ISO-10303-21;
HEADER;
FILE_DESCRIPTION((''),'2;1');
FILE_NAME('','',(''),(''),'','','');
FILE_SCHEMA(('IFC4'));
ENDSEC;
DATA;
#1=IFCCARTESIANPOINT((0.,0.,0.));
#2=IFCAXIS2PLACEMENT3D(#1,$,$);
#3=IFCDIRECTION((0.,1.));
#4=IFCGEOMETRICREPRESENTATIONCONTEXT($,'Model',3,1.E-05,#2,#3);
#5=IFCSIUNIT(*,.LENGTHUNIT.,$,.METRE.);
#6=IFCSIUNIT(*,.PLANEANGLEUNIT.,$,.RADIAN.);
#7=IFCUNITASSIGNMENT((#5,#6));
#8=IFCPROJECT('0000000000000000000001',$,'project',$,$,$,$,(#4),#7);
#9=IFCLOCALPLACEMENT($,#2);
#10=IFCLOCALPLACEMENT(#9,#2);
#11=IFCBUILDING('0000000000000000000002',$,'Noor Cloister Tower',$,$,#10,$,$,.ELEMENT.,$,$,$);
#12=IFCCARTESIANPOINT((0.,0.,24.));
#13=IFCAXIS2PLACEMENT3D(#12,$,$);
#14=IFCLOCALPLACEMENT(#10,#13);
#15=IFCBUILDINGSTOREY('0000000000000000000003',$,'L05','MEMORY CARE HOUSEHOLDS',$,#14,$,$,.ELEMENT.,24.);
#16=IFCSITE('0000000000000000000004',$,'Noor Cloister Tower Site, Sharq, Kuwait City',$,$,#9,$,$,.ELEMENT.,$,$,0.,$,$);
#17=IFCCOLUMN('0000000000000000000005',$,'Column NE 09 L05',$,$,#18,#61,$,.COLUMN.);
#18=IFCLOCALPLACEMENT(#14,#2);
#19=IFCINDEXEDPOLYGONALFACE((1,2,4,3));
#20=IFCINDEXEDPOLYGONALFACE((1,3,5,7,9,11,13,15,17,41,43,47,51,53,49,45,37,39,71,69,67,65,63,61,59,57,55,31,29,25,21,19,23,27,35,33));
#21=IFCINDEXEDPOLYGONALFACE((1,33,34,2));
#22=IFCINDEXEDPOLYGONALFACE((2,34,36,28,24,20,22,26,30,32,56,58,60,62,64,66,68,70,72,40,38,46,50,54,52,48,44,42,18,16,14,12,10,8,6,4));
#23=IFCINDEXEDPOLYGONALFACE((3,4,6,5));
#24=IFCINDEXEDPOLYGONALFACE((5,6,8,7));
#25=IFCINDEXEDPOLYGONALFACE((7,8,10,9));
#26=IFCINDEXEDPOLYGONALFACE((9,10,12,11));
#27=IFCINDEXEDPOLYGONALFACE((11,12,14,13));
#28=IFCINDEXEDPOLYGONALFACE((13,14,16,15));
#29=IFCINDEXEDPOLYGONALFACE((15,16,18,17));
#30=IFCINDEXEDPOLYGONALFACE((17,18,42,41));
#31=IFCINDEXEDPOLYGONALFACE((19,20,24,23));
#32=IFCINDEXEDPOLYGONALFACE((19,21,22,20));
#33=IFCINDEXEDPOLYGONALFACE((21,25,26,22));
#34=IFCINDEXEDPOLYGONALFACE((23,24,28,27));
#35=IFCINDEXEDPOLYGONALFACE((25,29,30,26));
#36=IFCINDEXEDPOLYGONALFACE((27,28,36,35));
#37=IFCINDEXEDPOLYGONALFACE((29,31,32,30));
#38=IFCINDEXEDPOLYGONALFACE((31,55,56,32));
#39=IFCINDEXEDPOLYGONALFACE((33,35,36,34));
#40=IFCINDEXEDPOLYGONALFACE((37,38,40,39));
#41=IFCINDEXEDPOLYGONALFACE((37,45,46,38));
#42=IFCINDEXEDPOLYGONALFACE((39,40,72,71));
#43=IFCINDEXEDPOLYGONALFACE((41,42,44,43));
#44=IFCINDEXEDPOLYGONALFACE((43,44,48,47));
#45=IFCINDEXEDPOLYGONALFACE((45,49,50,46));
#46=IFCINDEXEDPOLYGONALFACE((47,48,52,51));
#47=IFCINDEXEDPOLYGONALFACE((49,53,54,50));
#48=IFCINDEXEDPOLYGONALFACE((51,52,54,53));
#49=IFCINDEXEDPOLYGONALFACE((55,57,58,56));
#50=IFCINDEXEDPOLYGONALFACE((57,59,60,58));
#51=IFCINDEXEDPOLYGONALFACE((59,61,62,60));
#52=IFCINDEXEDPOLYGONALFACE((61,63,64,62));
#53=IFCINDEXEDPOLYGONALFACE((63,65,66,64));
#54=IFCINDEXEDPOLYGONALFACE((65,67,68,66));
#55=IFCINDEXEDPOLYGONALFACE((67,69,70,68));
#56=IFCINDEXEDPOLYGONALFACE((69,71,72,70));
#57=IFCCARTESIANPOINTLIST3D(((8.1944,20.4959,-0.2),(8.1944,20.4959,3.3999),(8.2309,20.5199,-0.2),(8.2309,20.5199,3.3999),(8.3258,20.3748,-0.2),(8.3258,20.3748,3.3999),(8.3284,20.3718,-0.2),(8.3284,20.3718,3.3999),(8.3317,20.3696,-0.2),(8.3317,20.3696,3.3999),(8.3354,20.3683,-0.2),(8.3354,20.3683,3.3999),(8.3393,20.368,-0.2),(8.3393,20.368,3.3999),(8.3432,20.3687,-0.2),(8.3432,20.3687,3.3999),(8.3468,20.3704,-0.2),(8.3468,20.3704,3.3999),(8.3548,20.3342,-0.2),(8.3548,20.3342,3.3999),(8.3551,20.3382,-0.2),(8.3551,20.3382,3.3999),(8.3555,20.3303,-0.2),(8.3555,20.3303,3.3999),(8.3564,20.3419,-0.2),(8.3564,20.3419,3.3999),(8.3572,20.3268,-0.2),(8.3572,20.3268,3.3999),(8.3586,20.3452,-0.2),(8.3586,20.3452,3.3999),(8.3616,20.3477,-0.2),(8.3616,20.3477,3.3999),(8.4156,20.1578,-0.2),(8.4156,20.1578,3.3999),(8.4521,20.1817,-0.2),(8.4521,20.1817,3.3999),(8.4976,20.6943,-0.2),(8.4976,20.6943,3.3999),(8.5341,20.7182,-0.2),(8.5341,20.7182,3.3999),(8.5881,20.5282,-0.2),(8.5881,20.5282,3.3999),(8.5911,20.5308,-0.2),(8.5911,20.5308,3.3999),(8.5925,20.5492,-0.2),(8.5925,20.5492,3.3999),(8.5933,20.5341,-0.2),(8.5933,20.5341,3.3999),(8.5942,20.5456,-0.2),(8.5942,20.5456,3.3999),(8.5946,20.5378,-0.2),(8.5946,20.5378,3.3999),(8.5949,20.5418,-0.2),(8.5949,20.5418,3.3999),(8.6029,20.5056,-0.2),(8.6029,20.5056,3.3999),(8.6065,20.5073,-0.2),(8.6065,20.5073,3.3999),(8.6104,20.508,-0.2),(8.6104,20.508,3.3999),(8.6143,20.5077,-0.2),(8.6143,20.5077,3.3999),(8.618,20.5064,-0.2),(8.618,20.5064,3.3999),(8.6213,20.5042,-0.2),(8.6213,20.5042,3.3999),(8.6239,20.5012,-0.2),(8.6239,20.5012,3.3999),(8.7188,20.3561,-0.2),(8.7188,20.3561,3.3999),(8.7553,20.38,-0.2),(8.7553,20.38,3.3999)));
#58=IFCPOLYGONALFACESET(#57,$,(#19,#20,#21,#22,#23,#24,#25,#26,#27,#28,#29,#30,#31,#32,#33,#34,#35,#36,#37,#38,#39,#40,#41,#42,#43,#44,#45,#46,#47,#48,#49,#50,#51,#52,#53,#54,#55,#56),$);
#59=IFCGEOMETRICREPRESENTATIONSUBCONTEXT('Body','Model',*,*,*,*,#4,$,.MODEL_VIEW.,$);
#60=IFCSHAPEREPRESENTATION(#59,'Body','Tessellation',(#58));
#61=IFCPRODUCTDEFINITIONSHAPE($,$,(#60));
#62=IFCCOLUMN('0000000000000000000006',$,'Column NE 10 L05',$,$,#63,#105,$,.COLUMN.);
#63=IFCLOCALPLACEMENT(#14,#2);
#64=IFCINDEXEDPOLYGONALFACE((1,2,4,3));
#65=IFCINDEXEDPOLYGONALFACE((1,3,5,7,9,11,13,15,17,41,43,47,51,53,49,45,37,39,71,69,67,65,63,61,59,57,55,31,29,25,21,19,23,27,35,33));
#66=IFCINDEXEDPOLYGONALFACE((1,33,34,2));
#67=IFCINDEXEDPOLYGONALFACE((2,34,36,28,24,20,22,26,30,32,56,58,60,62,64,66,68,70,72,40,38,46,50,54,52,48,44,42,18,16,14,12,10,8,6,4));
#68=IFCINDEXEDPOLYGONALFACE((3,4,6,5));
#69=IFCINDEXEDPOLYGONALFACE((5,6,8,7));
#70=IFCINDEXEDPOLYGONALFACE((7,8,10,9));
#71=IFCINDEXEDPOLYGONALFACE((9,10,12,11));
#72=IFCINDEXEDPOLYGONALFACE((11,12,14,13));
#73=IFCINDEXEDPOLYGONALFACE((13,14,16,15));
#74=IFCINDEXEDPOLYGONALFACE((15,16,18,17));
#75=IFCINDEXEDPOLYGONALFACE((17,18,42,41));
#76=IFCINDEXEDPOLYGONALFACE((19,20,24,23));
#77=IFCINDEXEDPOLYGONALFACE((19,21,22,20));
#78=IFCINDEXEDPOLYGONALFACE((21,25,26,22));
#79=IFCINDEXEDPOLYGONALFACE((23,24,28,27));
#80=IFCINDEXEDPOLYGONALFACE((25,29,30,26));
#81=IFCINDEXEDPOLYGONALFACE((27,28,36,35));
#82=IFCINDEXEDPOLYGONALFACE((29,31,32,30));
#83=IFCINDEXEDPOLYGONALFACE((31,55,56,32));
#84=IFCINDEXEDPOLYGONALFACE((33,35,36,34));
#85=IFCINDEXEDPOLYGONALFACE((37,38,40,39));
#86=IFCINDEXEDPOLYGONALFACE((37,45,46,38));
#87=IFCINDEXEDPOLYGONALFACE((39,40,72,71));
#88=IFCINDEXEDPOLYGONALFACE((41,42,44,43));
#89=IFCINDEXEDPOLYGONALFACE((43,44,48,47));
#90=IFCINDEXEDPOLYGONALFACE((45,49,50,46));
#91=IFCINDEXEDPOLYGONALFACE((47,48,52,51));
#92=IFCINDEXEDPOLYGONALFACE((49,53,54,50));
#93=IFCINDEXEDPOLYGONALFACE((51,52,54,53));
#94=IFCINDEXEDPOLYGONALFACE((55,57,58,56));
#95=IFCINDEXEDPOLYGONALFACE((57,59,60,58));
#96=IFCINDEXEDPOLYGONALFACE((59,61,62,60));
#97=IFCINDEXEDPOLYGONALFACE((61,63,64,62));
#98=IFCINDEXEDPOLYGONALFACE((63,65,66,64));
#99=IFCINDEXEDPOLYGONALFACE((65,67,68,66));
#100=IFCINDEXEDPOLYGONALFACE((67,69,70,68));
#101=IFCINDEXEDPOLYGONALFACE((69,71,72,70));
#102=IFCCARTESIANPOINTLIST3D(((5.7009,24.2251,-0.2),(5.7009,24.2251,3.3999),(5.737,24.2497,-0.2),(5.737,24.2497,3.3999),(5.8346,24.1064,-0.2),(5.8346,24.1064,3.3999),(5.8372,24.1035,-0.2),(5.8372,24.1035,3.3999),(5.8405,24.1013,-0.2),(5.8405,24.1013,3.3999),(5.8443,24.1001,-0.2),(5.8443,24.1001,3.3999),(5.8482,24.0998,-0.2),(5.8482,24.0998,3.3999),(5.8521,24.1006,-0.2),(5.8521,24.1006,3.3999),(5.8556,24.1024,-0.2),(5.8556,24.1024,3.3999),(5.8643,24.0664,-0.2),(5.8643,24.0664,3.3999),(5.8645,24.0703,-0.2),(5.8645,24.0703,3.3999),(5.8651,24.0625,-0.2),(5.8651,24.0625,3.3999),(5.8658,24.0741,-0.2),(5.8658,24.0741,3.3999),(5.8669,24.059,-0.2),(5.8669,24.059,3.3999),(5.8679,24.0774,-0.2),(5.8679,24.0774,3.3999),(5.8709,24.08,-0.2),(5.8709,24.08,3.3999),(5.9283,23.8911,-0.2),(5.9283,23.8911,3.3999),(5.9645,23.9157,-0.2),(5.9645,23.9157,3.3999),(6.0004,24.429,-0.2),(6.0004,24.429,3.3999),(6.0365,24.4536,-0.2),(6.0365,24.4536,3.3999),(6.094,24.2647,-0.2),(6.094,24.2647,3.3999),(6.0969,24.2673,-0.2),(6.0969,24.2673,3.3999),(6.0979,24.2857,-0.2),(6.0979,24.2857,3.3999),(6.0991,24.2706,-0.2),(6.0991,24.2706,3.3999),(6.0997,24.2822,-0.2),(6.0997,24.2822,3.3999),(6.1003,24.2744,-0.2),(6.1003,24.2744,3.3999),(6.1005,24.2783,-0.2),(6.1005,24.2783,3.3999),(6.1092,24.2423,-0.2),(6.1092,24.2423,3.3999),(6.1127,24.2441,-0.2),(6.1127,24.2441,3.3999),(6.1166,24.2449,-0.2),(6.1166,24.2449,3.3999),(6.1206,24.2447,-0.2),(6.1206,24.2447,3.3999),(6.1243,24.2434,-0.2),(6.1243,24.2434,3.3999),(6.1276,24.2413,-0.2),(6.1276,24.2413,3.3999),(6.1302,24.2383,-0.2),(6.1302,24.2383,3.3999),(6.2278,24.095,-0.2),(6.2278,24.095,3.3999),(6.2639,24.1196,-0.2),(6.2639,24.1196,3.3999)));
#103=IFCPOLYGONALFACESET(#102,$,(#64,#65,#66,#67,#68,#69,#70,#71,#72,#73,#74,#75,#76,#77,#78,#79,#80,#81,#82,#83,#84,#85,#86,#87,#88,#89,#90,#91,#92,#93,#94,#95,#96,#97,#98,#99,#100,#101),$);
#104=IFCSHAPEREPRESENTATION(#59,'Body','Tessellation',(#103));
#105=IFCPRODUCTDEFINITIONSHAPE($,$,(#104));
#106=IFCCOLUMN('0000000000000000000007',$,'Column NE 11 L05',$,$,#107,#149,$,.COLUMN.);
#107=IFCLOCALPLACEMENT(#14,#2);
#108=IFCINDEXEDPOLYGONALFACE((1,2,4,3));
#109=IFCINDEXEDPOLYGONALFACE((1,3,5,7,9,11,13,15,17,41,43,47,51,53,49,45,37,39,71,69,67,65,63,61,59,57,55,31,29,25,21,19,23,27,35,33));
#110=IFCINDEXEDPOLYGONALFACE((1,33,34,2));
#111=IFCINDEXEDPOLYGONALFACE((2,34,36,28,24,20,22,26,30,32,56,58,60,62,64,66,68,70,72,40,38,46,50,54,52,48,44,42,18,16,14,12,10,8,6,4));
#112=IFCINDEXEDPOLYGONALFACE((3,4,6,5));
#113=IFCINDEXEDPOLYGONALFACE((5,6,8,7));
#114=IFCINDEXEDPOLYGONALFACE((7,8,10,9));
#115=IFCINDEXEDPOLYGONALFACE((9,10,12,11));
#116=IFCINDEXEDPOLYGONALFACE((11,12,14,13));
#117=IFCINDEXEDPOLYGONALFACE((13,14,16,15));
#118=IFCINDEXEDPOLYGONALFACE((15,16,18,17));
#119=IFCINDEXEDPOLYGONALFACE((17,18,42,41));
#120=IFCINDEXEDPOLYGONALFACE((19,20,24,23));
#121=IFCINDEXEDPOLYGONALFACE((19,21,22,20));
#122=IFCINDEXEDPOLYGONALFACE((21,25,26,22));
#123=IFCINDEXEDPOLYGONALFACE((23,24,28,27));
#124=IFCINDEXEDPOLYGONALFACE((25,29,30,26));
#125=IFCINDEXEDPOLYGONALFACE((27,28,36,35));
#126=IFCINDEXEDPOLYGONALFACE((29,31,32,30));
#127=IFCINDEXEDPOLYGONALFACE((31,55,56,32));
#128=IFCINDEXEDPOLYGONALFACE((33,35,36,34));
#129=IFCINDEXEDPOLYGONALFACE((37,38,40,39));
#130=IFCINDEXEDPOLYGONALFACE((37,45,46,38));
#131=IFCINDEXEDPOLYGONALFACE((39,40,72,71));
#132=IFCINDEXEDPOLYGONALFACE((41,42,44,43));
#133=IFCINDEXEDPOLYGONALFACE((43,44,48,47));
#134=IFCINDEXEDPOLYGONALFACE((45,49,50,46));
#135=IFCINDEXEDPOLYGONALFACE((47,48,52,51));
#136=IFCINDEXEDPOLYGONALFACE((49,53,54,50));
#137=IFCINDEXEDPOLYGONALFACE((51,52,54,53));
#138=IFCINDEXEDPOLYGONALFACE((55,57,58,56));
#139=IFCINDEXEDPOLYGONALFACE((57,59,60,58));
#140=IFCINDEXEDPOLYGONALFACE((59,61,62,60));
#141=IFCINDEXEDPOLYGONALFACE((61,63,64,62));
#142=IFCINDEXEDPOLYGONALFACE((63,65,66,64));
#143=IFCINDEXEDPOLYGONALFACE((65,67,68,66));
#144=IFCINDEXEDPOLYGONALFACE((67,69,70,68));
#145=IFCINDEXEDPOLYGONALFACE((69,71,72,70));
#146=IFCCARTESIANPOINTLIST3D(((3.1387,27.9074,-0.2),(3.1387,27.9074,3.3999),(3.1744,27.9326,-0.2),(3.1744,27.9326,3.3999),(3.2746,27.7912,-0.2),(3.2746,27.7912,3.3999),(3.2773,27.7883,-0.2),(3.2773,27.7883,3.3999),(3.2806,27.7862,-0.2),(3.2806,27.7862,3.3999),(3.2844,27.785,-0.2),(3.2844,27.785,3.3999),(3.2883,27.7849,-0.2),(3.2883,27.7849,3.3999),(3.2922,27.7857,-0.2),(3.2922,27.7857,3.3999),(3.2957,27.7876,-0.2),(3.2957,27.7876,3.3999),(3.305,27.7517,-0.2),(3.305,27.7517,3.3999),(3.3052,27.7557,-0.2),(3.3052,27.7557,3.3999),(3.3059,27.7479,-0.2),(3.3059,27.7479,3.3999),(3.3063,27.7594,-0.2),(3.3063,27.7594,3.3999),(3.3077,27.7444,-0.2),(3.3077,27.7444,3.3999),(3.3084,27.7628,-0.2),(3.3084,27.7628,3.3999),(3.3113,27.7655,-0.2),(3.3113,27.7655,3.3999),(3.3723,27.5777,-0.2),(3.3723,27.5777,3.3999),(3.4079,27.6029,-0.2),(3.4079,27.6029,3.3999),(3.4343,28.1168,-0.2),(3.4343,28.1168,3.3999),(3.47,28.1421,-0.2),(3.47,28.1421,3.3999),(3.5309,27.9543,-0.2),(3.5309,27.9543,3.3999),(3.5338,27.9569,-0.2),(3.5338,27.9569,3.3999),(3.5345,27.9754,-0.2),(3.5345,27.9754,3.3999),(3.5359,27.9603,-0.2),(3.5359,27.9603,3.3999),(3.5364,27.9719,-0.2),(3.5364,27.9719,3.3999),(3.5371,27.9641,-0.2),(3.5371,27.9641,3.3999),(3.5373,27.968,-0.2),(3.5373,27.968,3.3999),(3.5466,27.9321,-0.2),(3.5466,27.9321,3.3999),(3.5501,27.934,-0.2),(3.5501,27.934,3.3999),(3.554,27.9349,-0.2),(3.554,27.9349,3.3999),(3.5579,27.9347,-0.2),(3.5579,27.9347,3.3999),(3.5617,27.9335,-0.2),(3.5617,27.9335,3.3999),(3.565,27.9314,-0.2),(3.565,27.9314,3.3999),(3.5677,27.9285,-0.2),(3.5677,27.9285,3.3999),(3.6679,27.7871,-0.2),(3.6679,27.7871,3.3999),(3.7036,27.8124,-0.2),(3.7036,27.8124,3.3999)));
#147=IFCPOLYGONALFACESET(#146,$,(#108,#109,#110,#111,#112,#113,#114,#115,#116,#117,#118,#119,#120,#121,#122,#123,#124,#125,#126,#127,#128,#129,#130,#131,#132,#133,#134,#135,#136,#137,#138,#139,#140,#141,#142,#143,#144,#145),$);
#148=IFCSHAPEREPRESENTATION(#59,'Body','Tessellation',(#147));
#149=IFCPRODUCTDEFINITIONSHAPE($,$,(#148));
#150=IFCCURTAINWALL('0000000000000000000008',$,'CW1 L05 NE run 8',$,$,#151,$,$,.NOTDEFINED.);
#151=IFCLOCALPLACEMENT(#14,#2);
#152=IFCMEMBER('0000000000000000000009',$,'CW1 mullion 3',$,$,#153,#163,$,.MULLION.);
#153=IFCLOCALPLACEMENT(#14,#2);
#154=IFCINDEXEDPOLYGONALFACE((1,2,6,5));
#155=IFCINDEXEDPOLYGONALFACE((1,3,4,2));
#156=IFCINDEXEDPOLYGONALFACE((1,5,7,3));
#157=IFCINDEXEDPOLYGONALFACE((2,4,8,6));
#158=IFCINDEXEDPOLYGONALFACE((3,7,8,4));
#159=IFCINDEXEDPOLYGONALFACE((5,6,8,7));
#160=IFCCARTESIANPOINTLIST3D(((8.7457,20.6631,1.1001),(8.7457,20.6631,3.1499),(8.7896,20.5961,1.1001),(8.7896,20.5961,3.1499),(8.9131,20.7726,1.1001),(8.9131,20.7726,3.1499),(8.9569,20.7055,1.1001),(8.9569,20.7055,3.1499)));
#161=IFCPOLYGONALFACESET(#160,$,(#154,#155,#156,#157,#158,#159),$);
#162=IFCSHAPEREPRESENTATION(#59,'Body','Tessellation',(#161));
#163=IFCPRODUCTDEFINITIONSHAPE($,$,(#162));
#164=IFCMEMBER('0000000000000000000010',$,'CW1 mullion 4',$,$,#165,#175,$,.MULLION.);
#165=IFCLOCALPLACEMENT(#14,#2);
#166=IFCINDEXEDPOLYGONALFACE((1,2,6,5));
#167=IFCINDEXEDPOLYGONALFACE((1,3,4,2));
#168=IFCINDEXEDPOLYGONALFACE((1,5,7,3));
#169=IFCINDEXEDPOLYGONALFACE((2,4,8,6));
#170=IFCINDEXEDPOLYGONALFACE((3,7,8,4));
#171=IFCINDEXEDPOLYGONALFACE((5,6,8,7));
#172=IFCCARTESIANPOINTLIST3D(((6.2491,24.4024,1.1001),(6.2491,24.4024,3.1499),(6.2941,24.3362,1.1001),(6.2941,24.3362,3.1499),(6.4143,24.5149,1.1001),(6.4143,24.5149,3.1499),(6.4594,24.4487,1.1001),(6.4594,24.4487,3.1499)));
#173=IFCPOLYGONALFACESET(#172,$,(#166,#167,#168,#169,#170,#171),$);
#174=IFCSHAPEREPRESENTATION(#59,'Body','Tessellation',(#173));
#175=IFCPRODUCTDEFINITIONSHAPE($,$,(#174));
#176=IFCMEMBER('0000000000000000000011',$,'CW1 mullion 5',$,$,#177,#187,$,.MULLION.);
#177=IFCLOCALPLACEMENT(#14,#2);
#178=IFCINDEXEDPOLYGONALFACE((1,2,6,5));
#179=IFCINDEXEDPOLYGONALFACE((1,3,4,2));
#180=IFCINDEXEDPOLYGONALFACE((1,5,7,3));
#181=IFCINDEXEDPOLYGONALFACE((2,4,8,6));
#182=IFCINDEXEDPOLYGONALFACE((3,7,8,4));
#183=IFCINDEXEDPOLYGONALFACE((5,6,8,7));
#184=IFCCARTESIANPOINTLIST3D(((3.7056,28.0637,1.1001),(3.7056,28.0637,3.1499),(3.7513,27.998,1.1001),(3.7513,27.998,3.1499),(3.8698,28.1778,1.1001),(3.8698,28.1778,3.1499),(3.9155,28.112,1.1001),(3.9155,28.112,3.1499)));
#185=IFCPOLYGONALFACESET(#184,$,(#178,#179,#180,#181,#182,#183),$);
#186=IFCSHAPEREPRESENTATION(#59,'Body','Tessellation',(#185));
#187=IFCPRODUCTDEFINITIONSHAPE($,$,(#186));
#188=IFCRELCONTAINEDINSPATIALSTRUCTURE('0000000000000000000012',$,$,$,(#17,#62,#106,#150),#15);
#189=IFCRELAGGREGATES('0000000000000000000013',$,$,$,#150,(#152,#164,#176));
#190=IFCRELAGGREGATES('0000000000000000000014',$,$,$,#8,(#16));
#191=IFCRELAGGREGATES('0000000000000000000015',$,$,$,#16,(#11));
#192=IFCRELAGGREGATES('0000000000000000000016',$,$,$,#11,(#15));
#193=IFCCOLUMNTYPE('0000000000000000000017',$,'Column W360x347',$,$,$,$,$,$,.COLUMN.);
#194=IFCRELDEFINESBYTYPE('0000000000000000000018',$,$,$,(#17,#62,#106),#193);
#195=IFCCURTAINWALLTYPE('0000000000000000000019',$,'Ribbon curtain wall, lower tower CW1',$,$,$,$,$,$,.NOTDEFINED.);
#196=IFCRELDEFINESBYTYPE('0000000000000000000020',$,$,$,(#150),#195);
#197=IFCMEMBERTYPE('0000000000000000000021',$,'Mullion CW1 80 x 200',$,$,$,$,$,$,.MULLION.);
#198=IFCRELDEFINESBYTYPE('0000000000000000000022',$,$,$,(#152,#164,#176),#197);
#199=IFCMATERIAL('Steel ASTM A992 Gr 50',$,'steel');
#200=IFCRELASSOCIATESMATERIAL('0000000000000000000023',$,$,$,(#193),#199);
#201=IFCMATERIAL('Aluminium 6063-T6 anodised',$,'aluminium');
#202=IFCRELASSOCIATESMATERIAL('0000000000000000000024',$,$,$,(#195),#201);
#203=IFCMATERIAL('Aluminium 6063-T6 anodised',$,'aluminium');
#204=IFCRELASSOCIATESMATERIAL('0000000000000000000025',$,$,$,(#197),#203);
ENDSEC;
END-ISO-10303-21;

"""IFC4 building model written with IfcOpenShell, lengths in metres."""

from ifc_helpers import new_model, si_unit, direction, frame, origin, origin_2d, place, context, subcontext, project, spatial, rectangle, i_section, extrude, material, material_profile, profile_set, type_object, element, aggregate, save


model = new_model("IFC4")

# Units and contexts
model_context = context("Model", 3, precision=1e-05, world=origin(), true_north=direction((0.0, 1.0)))
body_context = subcontext(model_context, "Body", "Model", "MODEL_VIEW")
ifc_project = project(units=[si_unit("LENGTHUNIT", "METRE"), si_unit("PLANEANGLEUNIT", "RADIAN")], contexts=[model_context])

# Site, building, storey
site_placement = place(None, origin())
site = spatial("IfcSite", under=ifc_project, at=site_placement, Name="Noor Cloister Tower Site, Sharq, Kuwait City", CompositionType="ELEMENT", RefElevation=0.0)
building_placement = place(site_placement, origin())
building = spatial("IfcBuilding", under=site, at=building_placement, Name="Noor Cloister Tower", CompositionType="ELEMENT")
storey_placement = place(building_placement, frame((0.0, 0.0, 24.0)))
storey = spatial("IfcBuildingStorey", under=building, at=storey_placement, Name="L05", Description="MEMORY CARE HOUSEHOLDS", CompositionType="ELEMENT", Elevation=24.0)

# Columns
ifc_material_1 = material(Name="Steel ASTM A992 Gr 50", Category="steel")
ifc_material_profile_1 = material_profile(ifc_material_1, i_section(OverallWidth=0.4041, OverallDepth=0.406, WebThickness=0.0271, FlangeThickness=0.0437, FilletRadius=0.0151, at=origin_2d()), Name="W360x347")
ifc_profile_set_1 = profile_set([ifc_material_profile_1], Name="Steel ASTM A992 Gr 50")
column_type = type_object("IfcColumnType", Name="Column W360x347", PredefinedType="COLUMN", material=ifc_profile_set_1)
for number, where, z_axis, x_axis, name in (
    (1, (8.4749, 20.438, -0.2), (0.0, 0.0, 1.0), (-0.547405, 0.836868, 0.0), "Column NE 09 L05"),
    (2, (5.9824, 24.1724, -0.2), (0.0, 0.0, 1.0), (-0.562837, 0.826568, 0.0), "Column NE 10 L05"),
    (3, (3.4211, 27.8599, -0.2), (0.0, 0.0, 1.0), (-0.578076, 0.815983, 0.0), "Column NE 11 L05"),
):
    element("IfcColumn", number, at=place(storey_placement, frame(where, z_axis=z_axis, x_axis=x_axis)), inside=storey, type_object=column_type, Name=name, PredefinedType="COLUMN", context=body_context, shape_type="SweptSolid", body=[
        extrude(i_section(OverallWidth=0.4041, OverallDepth=0.406, WebThickness=0.0271, FlangeThickness=0.0437, FilletRadius=0.0151, at=origin_2d()), origin(), (0.0, 0.0, 1.0), 3.5999),
    ])

# Curtain wall, members
ifc_material_2 = material(Name="Aluminium 6063-T6 anodised", Category="aluminium")
curtain_wall_type = type_object("IfcCurtainWallType", Name="Ribbon curtain wall, lower tower CW1", PredefinedType="NOTDEFINED", material=ifc_material_2)
curtain_wall_placement = place(storey_placement, origin())
curtain_wall = element("IfcCurtainWall", 4, at=curtain_wall_placement, inside=storey, type_object=curtain_wall_type, Name="CW1 L05 NE run 8", PredefinedType="NOTDEFINED")
ifc_material_3 = material(Name="Aluminium 6063-T6 anodised", Category="aluminium")
ifc_material_profile_2 = material_profile(ifc_material_3, rectangle(XDim=0.2, YDim=0.0801, at=origin_2d()), Name="200 x 80 mullion")
ifc_profile_set_2 = profile_set([ifc_material_profile_2], Name="Aluminium 6063-T6 anodised")
member_type = type_object("IfcMemberType", Name="Mullion CW1 80 x 200", PredefinedType="MULLION", material=ifc_profile_set_2)
member_1_placement = place(storey_placement, frame((8.8513, 20.6843, 1.1001), z_axis=(0.0, 0.0, 1.0), x_axis=(-0.836868, -0.547405, 0.0)))
member_1 = element("IfcMember", 5, at=member_1_placement, type_object=member_type, Name="CW1 mullion 3", PredefinedType="MULLION", context=body_context, shape_type="SweptSolid", body=[
    extrude(rectangle(XDim=0.2, YDim=0.0801, at=origin_2d()), origin(), (0.0, 0.0, 1.0), 2.0498),
])
member_2_placement = place(storey_placement, frame((6.3542, 24.4255, 1.1001), z_axis=(0.0, 0.0, 1.0), x_axis=(-0.826568, -0.562837, 0.0)))
member_2 = element("IfcMember", 6, at=member_2_placement, type_object=member_type, Name="CW1 mullion 4", PredefinedType="MULLION", context=body_context, shape_type="SweptSolid", body=[
    extrude(rectangle(XDim=0.2, YDim=0.0801, at=origin_2d()), origin(), (0.0, 0.0, 1.0), 2.0498),
])
member_3_placement = place(storey_placement, frame((3.8105, 28.0879, 1.1001), z_axis=(0.0, 0.0, 1.0), x_axis=(-0.821311, -0.570481, 0.0)))
member_3 = element("IfcMember", 7, at=member_3_placement, type_object=member_type, Name="CW1 mullion 5", PredefinedType="MULLION", context=body_context, shape_type="SweptSolid", body=[
    extrude(rectangle(XDim=0.2, YDim=0.0801, at=origin_2d()), origin(), (0.0, 0.0, 1.0), 2.0498),
])

aggregate(curtain_wall, [member_1, member_2, member_3])

save(model, "model.ifc")
